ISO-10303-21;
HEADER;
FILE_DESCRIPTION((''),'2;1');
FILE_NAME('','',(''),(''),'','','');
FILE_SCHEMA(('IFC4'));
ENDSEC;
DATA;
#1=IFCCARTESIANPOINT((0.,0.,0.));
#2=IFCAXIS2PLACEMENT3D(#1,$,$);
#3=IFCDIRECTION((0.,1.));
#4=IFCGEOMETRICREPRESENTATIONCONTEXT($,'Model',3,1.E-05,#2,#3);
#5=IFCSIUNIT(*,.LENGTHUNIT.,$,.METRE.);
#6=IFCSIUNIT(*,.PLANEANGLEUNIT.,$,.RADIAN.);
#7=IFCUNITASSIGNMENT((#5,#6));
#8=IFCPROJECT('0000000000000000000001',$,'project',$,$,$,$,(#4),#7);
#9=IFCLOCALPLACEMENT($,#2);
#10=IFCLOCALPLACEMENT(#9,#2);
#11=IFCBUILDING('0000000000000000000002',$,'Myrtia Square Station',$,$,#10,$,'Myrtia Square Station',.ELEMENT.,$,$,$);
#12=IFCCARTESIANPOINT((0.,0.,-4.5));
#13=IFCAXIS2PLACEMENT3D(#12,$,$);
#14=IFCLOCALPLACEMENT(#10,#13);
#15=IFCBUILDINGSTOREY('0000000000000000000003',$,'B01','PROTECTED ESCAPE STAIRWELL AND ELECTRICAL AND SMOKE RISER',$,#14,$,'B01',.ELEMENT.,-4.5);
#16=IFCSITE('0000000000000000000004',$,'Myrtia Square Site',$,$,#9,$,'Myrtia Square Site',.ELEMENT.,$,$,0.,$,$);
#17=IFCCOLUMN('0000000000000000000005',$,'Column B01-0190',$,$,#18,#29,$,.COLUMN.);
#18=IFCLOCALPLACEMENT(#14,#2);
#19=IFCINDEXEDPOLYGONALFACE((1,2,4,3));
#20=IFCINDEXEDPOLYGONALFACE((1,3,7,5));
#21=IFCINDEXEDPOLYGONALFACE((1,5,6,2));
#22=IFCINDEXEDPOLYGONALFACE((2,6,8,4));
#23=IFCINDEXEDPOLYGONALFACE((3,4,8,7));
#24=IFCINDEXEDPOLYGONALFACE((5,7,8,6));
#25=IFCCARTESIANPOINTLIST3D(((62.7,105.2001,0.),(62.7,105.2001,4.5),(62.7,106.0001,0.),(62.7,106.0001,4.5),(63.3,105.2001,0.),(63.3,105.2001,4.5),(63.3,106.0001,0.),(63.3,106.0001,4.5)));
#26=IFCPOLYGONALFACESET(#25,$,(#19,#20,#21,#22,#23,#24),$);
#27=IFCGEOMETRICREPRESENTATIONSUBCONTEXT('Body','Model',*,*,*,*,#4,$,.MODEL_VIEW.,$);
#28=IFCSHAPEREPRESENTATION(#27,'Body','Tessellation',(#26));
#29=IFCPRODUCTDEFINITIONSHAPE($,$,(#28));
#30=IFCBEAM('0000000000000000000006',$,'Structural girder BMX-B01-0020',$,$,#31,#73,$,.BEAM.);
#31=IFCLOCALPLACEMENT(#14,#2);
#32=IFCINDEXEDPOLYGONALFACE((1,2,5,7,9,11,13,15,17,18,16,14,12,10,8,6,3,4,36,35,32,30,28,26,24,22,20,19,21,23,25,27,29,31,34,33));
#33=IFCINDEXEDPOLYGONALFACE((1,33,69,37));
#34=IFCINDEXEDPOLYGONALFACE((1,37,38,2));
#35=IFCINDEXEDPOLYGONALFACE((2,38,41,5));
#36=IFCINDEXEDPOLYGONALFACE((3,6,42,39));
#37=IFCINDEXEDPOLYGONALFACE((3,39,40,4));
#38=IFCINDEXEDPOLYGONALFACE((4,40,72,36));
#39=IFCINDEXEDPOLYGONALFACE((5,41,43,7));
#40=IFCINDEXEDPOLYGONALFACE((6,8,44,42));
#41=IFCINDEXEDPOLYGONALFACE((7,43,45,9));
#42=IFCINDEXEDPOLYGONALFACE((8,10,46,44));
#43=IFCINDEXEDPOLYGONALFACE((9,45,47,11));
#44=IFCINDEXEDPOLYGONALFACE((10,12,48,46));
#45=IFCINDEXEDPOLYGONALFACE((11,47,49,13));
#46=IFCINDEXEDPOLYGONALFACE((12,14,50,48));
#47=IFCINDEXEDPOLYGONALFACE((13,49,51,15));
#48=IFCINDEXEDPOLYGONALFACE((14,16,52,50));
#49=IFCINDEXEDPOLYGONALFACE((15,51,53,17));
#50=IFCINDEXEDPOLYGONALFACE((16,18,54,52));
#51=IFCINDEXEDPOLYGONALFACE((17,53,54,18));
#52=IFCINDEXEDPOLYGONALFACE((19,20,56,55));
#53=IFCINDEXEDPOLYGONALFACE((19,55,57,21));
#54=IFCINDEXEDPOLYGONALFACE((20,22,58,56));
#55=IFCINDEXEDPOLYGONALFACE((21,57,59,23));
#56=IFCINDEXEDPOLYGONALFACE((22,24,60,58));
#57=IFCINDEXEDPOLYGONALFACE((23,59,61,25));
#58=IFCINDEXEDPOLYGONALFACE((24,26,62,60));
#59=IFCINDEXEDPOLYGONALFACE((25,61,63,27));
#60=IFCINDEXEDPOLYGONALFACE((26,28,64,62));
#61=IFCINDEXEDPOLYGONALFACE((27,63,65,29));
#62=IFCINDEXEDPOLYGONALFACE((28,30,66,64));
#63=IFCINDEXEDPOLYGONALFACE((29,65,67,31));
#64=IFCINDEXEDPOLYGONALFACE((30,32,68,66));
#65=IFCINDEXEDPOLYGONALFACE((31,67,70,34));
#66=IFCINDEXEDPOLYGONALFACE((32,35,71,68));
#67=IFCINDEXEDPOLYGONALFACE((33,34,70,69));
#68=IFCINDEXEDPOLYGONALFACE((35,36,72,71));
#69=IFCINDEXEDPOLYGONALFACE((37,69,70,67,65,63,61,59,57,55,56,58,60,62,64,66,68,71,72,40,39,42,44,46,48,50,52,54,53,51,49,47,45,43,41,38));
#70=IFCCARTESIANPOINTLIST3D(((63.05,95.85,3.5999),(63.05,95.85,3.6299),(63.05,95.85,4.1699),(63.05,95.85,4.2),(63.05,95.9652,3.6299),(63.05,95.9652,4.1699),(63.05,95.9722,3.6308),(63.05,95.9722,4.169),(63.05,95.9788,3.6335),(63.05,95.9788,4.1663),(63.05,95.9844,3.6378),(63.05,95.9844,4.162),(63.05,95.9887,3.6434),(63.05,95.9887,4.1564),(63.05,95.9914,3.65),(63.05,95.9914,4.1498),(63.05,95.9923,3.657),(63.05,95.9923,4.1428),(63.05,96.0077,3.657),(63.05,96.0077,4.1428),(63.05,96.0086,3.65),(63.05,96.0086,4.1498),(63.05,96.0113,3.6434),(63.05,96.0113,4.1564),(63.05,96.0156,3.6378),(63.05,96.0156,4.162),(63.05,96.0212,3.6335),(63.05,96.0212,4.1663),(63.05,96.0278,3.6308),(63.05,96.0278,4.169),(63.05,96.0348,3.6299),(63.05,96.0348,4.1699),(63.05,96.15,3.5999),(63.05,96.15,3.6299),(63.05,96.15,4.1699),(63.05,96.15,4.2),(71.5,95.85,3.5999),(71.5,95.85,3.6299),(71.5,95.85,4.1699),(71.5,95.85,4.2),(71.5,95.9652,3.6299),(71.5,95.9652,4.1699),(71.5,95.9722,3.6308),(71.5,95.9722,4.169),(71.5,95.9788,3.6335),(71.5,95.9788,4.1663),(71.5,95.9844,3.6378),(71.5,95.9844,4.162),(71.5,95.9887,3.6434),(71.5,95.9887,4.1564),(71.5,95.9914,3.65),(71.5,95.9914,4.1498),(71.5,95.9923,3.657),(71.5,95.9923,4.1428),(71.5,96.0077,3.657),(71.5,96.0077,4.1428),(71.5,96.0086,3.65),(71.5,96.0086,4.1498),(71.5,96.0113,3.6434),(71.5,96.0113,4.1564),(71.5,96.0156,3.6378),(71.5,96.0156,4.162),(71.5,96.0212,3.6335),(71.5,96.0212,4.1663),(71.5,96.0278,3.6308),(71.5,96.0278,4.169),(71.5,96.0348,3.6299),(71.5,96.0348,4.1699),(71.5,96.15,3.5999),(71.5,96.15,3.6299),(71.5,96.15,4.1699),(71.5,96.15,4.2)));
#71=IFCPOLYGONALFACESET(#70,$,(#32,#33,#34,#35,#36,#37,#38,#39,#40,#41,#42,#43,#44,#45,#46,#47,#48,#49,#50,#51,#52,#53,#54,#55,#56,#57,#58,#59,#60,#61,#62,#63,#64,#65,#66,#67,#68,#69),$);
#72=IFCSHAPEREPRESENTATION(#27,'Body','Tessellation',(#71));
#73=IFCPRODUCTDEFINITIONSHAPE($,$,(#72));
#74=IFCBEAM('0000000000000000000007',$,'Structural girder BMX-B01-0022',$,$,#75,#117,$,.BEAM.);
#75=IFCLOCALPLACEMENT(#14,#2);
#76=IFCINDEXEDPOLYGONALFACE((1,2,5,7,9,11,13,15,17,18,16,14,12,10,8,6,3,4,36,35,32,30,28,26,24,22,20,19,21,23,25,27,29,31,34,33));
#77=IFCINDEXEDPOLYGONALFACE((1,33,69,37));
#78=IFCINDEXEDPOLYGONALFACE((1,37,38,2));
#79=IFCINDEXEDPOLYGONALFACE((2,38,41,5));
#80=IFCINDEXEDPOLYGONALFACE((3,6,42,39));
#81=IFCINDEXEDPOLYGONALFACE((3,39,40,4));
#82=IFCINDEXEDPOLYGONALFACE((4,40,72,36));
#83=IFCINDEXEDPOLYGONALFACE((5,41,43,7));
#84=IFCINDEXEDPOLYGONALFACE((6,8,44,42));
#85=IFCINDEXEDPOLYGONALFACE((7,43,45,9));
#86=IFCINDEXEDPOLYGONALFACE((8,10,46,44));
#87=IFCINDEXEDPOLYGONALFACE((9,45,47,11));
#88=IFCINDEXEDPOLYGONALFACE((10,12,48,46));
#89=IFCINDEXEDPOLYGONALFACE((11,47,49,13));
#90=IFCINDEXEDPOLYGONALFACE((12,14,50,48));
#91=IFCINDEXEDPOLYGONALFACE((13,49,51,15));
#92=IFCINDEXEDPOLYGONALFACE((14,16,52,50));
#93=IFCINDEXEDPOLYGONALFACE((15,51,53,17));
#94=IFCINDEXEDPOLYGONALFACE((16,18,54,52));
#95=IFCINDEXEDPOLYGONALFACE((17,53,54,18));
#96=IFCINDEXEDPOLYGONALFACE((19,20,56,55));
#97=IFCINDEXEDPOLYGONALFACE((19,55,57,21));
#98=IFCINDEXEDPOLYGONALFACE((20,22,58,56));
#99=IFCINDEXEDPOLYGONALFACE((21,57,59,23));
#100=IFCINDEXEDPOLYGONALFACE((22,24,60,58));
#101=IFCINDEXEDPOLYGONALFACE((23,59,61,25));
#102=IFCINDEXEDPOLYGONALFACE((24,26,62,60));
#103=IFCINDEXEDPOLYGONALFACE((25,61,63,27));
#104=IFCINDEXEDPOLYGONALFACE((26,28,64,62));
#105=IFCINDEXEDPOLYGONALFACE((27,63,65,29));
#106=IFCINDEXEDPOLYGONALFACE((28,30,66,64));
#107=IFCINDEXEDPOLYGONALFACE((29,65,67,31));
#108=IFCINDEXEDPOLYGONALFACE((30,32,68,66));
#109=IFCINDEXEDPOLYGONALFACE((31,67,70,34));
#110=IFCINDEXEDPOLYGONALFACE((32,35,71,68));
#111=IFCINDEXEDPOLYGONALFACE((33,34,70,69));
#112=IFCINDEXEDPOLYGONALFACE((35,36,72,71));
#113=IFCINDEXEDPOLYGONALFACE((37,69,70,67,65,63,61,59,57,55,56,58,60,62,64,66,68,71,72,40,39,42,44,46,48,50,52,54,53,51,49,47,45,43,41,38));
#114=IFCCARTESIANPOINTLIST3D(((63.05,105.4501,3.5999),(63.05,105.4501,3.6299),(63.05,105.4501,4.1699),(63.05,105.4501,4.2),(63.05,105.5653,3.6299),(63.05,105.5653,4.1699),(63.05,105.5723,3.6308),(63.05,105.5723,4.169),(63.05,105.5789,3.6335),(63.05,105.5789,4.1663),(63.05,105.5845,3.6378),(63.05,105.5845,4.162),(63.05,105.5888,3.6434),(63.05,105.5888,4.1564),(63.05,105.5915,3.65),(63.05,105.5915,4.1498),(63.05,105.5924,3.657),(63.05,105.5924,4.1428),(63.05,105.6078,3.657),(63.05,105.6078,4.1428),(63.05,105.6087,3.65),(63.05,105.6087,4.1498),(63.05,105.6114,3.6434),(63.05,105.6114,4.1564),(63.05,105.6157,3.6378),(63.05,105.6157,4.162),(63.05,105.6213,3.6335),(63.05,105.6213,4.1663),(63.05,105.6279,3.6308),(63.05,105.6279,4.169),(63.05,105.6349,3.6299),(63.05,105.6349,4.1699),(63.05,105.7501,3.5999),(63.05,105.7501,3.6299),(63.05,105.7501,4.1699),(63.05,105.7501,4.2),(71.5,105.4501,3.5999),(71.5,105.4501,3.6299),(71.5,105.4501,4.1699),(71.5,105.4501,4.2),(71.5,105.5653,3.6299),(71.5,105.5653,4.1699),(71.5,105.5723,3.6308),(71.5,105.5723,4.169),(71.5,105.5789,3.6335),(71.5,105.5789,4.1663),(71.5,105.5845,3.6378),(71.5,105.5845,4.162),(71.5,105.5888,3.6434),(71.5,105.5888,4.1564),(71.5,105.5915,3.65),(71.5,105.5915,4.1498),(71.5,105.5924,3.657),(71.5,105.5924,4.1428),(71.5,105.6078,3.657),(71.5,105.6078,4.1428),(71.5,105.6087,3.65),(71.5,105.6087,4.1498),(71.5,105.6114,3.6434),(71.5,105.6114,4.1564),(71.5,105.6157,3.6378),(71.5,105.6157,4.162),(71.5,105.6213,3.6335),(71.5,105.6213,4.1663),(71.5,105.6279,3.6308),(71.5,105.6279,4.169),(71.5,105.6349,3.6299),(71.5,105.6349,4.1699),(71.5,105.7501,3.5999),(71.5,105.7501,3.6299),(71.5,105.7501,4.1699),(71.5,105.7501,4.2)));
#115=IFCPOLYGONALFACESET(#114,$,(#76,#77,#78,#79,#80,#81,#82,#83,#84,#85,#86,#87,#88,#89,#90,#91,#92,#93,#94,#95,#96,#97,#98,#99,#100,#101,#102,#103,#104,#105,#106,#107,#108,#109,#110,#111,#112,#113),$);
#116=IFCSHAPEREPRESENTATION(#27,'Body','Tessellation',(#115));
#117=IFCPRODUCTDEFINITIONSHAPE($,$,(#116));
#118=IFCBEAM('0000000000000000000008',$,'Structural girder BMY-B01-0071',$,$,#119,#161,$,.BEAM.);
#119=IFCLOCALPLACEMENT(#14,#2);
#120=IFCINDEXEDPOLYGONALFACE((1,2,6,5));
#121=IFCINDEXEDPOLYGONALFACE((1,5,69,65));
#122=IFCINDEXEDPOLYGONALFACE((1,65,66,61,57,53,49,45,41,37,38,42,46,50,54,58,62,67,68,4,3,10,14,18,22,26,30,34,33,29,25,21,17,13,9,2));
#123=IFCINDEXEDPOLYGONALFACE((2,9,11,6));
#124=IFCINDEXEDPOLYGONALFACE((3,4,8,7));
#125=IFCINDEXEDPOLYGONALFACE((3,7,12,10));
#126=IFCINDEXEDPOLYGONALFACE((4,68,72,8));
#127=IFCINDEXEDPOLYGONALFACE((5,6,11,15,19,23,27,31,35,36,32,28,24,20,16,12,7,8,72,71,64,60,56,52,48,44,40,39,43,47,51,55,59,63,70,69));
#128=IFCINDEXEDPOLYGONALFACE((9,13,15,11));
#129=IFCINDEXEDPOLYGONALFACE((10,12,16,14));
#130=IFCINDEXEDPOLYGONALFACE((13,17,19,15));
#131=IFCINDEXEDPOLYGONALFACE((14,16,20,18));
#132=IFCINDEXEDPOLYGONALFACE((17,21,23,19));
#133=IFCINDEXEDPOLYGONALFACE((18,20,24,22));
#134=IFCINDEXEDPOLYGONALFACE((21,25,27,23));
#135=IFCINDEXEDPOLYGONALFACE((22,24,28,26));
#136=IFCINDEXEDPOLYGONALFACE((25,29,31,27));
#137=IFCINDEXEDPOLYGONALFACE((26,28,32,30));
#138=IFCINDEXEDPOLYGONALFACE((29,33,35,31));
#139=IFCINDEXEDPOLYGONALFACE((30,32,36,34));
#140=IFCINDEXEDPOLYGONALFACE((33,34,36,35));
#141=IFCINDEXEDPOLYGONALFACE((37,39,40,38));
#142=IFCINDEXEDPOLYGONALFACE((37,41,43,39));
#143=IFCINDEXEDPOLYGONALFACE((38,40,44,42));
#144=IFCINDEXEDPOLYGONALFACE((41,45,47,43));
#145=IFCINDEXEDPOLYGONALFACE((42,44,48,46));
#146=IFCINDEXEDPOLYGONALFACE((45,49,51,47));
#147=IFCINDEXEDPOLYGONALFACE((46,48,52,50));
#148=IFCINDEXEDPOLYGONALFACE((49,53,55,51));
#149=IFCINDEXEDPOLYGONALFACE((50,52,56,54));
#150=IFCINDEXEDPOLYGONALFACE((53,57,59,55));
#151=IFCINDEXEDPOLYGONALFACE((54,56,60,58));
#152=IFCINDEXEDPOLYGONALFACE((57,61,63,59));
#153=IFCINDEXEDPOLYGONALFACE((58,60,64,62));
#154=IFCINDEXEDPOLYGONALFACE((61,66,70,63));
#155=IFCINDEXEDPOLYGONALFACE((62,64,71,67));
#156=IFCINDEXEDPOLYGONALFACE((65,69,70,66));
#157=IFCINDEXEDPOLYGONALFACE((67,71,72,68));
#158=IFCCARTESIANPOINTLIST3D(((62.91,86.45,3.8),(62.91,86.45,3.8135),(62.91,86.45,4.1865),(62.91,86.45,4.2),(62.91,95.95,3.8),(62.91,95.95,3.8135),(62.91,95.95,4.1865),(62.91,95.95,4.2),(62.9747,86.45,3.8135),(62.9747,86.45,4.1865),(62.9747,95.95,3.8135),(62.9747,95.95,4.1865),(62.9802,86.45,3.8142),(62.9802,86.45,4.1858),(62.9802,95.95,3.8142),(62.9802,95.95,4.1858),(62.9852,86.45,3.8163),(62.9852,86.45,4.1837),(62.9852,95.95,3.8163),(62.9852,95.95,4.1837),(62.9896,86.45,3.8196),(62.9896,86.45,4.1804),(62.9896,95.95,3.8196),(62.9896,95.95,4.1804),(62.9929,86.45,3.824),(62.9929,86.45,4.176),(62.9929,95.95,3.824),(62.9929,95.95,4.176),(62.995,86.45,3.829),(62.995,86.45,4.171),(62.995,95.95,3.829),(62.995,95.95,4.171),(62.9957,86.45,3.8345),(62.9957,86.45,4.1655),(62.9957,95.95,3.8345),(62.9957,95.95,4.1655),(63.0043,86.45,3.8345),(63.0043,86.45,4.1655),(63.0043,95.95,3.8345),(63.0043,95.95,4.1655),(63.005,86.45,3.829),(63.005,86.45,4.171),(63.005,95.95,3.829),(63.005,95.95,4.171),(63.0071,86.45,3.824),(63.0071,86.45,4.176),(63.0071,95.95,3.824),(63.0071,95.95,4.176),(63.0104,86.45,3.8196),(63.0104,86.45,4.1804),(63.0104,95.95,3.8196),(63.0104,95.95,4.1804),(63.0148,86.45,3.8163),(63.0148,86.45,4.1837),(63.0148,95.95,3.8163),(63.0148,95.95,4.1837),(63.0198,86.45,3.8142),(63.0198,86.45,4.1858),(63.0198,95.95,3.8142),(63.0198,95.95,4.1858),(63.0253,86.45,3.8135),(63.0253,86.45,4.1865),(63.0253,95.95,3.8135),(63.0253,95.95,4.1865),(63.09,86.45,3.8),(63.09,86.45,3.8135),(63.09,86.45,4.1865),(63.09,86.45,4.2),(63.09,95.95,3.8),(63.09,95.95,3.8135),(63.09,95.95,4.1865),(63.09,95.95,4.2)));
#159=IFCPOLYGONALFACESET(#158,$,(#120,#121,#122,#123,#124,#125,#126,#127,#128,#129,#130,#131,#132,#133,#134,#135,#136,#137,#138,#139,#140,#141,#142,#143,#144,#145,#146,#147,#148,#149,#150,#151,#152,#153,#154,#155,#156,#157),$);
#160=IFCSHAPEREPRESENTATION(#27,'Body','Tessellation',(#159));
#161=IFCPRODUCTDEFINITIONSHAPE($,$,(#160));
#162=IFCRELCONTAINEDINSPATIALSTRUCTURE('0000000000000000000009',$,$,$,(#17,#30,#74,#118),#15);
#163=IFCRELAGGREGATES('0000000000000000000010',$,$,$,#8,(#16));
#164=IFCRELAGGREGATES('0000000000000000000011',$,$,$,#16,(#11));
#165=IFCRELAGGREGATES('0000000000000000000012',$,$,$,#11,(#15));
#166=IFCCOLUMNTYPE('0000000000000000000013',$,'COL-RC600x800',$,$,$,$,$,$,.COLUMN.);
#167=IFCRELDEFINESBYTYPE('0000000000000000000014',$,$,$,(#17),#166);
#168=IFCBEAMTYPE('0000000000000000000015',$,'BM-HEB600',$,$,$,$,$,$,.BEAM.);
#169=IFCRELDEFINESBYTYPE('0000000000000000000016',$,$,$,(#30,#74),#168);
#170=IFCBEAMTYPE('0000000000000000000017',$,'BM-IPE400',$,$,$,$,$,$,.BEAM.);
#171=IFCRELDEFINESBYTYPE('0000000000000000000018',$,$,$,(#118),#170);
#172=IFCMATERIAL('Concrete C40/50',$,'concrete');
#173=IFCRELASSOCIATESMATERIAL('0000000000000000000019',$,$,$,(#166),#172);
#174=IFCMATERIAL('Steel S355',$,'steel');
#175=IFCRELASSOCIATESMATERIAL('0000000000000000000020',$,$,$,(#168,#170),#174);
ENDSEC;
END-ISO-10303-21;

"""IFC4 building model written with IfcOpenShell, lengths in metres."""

from ifc_helpers import new_model, si_unit, direction, frame, origin, origin_2d, place, context, subcontext, project, spatial, rectangle, i_section, extrude, material, material_profile, profile_set, type_object, element, save


model = new_model("IFC4")

# Units and contexts
model_context = context("Model", 3, precision=1e-05, world=origin(), true_north=direction((0.0, 1.0)))
body_context = subcontext(model_context, "Body", "Model", "MODEL_VIEW")
ifc_project = project(units=[si_unit("LENGTHUNIT", "METRE"), si_unit("PLANEANGLEUNIT", "RADIAN")], contexts=[model_context])

# Site, building, storey
site_placement = place(None, origin())
site = spatial("IfcSite", under=ifc_project, at=site_placement, Name="Myrtia Square Site", LongName="Myrtia Square Site", CompositionType="ELEMENT", RefElevation=0.0)
building_placement = place(site_placement, origin())
building = spatial("IfcBuilding", under=site, at=building_placement, Name="Myrtia Square Station", LongName="Myrtia Square Station", CompositionType="ELEMENT")
storey_placement = place(building_placement, frame((0.0, 0.0, -4.5)))
storey = spatial("IfcBuildingStorey", under=building, at=storey_placement, Name="B01", Description="PROTECTED ESCAPE STAIRWELL AND ELECTRICAL AND SMOKE RISER", LongName="B01", CompositionType="ELEMENT", Elevation=-4.5)

# Column
ifc_material_1 = material(Name="Concrete C40/50", Category="concrete")
ifc_material_profile_1 = material_profile(ifc_material_1, rectangle(XDim=0.6001, YDim=0.8, at=origin_2d()), Name="RC 600x800")
ifc_profile_set_1 = profile_set([ifc_material_profile_1], Name="Concrete C40/50")
column_type = type_object("IfcColumnType", Name="COL-RC600x800", PredefinedType="COLUMN", material=ifc_profile_set_1)
for number, where, z_axis, x_axis, name in (
    (1, (63.0, 105.6001, 0.0), (0.0, 0.0, 1.0), (1.0, 0.0, 0.0), "Column B01-0190"),
):
    element("IfcColumn", number, at=place(storey_placement, frame(where, z_axis=z_axis, x_axis=x_axis)), inside=storey, type_object=column_type, Name=name, PredefinedType="COLUMN", context=body_context, shape_type="SweptSolid", body=[
        extrude(rectangle(XDim=0.6001, YDim=0.8, at=origin_2d()), origin(), (0.0, 0.0, 1.0), 4.5),
    ])

# Beams
ifc_material_2 = material(Name="Steel S355", Category="steel")
ifc_material_profile_2 = material_profile(ifc_material_2, i_section(OverallWidth=0.3, OverallDepth=0.6001, WebThickness=0.0154, FlangeThickness=0.03, FilletRadius=0.0271, at=origin_2d()), Name="HEB 600")
ifc_profile_set_2 = profile_set([ifc_material_profile_2], Name="Steel S355")
beam_type_1 = type_object("IfcBeamType", Name="BM-HEB600", PredefinedType="BEAM", material=ifc_profile_set_2)
for number, where, z_axis, x_axis, name in (
    (2, (63.05, 96.0, 3.8999), (1.0, 0.0, 0.0), (0.0, 1.0, 0.0), "Structural girder BMX-B01-0020"),
    (3, (63.05, 105.6001, 3.8999), (1.0, 0.0, 0.0), (0.0, 1.0, 0.0), "Structural girder BMX-B01-0022"),
):
    element("IfcBeam", number, at=place(storey_placement, frame(where, z_axis=z_axis, x_axis=x_axis)), inside=storey, type_object=beam_type_1, Name=name, PredefinedType="BEAM", context=body_context, shape_type="SweptSolid", body=[
        extrude(i_section(OverallWidth=0.3, OverallDepth=0.6001, WebThickness=0.0154, FlangeThickness=0.03, FilletRadius=0.0271, at=origin_2d()), origin(), (0.0, 0.0, 1.0), 8.45),
    ])
ifc_material_profile_3 = material_profile(ifc_material_2, i_section(OverallWidth=0.1799, OverallDepth=0.3999, WebThickness=0.0085, FlangeThickness=0.0134, FilletRadius=0.021, at=origin_2d()), Name="IPE 400")
ifc_profile_set_3 = profile_set([ifc_material_profile_3], Name="Steel S355")
beam_type_2 = type_object("IfcBeamType", Name="BM-IPE400", PredefinedType="BEAM", material=ifc_profile_set_3)
for number, where, z_axis, x_axis, name in (
    (4, (63.0, 86.45, 4.0), (0.0, 1.0, 0.0), (-1.0, 0.0, 0.0), "Structural girder BMY-B01-0071"),
):
    element("IfcBeam", number, at=place(storey_placement, frame(where, z_axis=z_axis, x_axis=x_axis)), inside=storey, type_object=beam_type_2, Name=name, PredefinedType="BEAM", context=body_context, shape_type="SweptSolid", body=[
        extrude(i_section(OverallWidth=0.1799, OverallDepth=0.3999, WebThickness=0.0085, FlangeThickness=0.0134, FilletRadius=0.021, at=origin_2d()), origin(), (0.0, 0.0, 1.0), 9.5),
    ])

save(model, "model.ifc")
